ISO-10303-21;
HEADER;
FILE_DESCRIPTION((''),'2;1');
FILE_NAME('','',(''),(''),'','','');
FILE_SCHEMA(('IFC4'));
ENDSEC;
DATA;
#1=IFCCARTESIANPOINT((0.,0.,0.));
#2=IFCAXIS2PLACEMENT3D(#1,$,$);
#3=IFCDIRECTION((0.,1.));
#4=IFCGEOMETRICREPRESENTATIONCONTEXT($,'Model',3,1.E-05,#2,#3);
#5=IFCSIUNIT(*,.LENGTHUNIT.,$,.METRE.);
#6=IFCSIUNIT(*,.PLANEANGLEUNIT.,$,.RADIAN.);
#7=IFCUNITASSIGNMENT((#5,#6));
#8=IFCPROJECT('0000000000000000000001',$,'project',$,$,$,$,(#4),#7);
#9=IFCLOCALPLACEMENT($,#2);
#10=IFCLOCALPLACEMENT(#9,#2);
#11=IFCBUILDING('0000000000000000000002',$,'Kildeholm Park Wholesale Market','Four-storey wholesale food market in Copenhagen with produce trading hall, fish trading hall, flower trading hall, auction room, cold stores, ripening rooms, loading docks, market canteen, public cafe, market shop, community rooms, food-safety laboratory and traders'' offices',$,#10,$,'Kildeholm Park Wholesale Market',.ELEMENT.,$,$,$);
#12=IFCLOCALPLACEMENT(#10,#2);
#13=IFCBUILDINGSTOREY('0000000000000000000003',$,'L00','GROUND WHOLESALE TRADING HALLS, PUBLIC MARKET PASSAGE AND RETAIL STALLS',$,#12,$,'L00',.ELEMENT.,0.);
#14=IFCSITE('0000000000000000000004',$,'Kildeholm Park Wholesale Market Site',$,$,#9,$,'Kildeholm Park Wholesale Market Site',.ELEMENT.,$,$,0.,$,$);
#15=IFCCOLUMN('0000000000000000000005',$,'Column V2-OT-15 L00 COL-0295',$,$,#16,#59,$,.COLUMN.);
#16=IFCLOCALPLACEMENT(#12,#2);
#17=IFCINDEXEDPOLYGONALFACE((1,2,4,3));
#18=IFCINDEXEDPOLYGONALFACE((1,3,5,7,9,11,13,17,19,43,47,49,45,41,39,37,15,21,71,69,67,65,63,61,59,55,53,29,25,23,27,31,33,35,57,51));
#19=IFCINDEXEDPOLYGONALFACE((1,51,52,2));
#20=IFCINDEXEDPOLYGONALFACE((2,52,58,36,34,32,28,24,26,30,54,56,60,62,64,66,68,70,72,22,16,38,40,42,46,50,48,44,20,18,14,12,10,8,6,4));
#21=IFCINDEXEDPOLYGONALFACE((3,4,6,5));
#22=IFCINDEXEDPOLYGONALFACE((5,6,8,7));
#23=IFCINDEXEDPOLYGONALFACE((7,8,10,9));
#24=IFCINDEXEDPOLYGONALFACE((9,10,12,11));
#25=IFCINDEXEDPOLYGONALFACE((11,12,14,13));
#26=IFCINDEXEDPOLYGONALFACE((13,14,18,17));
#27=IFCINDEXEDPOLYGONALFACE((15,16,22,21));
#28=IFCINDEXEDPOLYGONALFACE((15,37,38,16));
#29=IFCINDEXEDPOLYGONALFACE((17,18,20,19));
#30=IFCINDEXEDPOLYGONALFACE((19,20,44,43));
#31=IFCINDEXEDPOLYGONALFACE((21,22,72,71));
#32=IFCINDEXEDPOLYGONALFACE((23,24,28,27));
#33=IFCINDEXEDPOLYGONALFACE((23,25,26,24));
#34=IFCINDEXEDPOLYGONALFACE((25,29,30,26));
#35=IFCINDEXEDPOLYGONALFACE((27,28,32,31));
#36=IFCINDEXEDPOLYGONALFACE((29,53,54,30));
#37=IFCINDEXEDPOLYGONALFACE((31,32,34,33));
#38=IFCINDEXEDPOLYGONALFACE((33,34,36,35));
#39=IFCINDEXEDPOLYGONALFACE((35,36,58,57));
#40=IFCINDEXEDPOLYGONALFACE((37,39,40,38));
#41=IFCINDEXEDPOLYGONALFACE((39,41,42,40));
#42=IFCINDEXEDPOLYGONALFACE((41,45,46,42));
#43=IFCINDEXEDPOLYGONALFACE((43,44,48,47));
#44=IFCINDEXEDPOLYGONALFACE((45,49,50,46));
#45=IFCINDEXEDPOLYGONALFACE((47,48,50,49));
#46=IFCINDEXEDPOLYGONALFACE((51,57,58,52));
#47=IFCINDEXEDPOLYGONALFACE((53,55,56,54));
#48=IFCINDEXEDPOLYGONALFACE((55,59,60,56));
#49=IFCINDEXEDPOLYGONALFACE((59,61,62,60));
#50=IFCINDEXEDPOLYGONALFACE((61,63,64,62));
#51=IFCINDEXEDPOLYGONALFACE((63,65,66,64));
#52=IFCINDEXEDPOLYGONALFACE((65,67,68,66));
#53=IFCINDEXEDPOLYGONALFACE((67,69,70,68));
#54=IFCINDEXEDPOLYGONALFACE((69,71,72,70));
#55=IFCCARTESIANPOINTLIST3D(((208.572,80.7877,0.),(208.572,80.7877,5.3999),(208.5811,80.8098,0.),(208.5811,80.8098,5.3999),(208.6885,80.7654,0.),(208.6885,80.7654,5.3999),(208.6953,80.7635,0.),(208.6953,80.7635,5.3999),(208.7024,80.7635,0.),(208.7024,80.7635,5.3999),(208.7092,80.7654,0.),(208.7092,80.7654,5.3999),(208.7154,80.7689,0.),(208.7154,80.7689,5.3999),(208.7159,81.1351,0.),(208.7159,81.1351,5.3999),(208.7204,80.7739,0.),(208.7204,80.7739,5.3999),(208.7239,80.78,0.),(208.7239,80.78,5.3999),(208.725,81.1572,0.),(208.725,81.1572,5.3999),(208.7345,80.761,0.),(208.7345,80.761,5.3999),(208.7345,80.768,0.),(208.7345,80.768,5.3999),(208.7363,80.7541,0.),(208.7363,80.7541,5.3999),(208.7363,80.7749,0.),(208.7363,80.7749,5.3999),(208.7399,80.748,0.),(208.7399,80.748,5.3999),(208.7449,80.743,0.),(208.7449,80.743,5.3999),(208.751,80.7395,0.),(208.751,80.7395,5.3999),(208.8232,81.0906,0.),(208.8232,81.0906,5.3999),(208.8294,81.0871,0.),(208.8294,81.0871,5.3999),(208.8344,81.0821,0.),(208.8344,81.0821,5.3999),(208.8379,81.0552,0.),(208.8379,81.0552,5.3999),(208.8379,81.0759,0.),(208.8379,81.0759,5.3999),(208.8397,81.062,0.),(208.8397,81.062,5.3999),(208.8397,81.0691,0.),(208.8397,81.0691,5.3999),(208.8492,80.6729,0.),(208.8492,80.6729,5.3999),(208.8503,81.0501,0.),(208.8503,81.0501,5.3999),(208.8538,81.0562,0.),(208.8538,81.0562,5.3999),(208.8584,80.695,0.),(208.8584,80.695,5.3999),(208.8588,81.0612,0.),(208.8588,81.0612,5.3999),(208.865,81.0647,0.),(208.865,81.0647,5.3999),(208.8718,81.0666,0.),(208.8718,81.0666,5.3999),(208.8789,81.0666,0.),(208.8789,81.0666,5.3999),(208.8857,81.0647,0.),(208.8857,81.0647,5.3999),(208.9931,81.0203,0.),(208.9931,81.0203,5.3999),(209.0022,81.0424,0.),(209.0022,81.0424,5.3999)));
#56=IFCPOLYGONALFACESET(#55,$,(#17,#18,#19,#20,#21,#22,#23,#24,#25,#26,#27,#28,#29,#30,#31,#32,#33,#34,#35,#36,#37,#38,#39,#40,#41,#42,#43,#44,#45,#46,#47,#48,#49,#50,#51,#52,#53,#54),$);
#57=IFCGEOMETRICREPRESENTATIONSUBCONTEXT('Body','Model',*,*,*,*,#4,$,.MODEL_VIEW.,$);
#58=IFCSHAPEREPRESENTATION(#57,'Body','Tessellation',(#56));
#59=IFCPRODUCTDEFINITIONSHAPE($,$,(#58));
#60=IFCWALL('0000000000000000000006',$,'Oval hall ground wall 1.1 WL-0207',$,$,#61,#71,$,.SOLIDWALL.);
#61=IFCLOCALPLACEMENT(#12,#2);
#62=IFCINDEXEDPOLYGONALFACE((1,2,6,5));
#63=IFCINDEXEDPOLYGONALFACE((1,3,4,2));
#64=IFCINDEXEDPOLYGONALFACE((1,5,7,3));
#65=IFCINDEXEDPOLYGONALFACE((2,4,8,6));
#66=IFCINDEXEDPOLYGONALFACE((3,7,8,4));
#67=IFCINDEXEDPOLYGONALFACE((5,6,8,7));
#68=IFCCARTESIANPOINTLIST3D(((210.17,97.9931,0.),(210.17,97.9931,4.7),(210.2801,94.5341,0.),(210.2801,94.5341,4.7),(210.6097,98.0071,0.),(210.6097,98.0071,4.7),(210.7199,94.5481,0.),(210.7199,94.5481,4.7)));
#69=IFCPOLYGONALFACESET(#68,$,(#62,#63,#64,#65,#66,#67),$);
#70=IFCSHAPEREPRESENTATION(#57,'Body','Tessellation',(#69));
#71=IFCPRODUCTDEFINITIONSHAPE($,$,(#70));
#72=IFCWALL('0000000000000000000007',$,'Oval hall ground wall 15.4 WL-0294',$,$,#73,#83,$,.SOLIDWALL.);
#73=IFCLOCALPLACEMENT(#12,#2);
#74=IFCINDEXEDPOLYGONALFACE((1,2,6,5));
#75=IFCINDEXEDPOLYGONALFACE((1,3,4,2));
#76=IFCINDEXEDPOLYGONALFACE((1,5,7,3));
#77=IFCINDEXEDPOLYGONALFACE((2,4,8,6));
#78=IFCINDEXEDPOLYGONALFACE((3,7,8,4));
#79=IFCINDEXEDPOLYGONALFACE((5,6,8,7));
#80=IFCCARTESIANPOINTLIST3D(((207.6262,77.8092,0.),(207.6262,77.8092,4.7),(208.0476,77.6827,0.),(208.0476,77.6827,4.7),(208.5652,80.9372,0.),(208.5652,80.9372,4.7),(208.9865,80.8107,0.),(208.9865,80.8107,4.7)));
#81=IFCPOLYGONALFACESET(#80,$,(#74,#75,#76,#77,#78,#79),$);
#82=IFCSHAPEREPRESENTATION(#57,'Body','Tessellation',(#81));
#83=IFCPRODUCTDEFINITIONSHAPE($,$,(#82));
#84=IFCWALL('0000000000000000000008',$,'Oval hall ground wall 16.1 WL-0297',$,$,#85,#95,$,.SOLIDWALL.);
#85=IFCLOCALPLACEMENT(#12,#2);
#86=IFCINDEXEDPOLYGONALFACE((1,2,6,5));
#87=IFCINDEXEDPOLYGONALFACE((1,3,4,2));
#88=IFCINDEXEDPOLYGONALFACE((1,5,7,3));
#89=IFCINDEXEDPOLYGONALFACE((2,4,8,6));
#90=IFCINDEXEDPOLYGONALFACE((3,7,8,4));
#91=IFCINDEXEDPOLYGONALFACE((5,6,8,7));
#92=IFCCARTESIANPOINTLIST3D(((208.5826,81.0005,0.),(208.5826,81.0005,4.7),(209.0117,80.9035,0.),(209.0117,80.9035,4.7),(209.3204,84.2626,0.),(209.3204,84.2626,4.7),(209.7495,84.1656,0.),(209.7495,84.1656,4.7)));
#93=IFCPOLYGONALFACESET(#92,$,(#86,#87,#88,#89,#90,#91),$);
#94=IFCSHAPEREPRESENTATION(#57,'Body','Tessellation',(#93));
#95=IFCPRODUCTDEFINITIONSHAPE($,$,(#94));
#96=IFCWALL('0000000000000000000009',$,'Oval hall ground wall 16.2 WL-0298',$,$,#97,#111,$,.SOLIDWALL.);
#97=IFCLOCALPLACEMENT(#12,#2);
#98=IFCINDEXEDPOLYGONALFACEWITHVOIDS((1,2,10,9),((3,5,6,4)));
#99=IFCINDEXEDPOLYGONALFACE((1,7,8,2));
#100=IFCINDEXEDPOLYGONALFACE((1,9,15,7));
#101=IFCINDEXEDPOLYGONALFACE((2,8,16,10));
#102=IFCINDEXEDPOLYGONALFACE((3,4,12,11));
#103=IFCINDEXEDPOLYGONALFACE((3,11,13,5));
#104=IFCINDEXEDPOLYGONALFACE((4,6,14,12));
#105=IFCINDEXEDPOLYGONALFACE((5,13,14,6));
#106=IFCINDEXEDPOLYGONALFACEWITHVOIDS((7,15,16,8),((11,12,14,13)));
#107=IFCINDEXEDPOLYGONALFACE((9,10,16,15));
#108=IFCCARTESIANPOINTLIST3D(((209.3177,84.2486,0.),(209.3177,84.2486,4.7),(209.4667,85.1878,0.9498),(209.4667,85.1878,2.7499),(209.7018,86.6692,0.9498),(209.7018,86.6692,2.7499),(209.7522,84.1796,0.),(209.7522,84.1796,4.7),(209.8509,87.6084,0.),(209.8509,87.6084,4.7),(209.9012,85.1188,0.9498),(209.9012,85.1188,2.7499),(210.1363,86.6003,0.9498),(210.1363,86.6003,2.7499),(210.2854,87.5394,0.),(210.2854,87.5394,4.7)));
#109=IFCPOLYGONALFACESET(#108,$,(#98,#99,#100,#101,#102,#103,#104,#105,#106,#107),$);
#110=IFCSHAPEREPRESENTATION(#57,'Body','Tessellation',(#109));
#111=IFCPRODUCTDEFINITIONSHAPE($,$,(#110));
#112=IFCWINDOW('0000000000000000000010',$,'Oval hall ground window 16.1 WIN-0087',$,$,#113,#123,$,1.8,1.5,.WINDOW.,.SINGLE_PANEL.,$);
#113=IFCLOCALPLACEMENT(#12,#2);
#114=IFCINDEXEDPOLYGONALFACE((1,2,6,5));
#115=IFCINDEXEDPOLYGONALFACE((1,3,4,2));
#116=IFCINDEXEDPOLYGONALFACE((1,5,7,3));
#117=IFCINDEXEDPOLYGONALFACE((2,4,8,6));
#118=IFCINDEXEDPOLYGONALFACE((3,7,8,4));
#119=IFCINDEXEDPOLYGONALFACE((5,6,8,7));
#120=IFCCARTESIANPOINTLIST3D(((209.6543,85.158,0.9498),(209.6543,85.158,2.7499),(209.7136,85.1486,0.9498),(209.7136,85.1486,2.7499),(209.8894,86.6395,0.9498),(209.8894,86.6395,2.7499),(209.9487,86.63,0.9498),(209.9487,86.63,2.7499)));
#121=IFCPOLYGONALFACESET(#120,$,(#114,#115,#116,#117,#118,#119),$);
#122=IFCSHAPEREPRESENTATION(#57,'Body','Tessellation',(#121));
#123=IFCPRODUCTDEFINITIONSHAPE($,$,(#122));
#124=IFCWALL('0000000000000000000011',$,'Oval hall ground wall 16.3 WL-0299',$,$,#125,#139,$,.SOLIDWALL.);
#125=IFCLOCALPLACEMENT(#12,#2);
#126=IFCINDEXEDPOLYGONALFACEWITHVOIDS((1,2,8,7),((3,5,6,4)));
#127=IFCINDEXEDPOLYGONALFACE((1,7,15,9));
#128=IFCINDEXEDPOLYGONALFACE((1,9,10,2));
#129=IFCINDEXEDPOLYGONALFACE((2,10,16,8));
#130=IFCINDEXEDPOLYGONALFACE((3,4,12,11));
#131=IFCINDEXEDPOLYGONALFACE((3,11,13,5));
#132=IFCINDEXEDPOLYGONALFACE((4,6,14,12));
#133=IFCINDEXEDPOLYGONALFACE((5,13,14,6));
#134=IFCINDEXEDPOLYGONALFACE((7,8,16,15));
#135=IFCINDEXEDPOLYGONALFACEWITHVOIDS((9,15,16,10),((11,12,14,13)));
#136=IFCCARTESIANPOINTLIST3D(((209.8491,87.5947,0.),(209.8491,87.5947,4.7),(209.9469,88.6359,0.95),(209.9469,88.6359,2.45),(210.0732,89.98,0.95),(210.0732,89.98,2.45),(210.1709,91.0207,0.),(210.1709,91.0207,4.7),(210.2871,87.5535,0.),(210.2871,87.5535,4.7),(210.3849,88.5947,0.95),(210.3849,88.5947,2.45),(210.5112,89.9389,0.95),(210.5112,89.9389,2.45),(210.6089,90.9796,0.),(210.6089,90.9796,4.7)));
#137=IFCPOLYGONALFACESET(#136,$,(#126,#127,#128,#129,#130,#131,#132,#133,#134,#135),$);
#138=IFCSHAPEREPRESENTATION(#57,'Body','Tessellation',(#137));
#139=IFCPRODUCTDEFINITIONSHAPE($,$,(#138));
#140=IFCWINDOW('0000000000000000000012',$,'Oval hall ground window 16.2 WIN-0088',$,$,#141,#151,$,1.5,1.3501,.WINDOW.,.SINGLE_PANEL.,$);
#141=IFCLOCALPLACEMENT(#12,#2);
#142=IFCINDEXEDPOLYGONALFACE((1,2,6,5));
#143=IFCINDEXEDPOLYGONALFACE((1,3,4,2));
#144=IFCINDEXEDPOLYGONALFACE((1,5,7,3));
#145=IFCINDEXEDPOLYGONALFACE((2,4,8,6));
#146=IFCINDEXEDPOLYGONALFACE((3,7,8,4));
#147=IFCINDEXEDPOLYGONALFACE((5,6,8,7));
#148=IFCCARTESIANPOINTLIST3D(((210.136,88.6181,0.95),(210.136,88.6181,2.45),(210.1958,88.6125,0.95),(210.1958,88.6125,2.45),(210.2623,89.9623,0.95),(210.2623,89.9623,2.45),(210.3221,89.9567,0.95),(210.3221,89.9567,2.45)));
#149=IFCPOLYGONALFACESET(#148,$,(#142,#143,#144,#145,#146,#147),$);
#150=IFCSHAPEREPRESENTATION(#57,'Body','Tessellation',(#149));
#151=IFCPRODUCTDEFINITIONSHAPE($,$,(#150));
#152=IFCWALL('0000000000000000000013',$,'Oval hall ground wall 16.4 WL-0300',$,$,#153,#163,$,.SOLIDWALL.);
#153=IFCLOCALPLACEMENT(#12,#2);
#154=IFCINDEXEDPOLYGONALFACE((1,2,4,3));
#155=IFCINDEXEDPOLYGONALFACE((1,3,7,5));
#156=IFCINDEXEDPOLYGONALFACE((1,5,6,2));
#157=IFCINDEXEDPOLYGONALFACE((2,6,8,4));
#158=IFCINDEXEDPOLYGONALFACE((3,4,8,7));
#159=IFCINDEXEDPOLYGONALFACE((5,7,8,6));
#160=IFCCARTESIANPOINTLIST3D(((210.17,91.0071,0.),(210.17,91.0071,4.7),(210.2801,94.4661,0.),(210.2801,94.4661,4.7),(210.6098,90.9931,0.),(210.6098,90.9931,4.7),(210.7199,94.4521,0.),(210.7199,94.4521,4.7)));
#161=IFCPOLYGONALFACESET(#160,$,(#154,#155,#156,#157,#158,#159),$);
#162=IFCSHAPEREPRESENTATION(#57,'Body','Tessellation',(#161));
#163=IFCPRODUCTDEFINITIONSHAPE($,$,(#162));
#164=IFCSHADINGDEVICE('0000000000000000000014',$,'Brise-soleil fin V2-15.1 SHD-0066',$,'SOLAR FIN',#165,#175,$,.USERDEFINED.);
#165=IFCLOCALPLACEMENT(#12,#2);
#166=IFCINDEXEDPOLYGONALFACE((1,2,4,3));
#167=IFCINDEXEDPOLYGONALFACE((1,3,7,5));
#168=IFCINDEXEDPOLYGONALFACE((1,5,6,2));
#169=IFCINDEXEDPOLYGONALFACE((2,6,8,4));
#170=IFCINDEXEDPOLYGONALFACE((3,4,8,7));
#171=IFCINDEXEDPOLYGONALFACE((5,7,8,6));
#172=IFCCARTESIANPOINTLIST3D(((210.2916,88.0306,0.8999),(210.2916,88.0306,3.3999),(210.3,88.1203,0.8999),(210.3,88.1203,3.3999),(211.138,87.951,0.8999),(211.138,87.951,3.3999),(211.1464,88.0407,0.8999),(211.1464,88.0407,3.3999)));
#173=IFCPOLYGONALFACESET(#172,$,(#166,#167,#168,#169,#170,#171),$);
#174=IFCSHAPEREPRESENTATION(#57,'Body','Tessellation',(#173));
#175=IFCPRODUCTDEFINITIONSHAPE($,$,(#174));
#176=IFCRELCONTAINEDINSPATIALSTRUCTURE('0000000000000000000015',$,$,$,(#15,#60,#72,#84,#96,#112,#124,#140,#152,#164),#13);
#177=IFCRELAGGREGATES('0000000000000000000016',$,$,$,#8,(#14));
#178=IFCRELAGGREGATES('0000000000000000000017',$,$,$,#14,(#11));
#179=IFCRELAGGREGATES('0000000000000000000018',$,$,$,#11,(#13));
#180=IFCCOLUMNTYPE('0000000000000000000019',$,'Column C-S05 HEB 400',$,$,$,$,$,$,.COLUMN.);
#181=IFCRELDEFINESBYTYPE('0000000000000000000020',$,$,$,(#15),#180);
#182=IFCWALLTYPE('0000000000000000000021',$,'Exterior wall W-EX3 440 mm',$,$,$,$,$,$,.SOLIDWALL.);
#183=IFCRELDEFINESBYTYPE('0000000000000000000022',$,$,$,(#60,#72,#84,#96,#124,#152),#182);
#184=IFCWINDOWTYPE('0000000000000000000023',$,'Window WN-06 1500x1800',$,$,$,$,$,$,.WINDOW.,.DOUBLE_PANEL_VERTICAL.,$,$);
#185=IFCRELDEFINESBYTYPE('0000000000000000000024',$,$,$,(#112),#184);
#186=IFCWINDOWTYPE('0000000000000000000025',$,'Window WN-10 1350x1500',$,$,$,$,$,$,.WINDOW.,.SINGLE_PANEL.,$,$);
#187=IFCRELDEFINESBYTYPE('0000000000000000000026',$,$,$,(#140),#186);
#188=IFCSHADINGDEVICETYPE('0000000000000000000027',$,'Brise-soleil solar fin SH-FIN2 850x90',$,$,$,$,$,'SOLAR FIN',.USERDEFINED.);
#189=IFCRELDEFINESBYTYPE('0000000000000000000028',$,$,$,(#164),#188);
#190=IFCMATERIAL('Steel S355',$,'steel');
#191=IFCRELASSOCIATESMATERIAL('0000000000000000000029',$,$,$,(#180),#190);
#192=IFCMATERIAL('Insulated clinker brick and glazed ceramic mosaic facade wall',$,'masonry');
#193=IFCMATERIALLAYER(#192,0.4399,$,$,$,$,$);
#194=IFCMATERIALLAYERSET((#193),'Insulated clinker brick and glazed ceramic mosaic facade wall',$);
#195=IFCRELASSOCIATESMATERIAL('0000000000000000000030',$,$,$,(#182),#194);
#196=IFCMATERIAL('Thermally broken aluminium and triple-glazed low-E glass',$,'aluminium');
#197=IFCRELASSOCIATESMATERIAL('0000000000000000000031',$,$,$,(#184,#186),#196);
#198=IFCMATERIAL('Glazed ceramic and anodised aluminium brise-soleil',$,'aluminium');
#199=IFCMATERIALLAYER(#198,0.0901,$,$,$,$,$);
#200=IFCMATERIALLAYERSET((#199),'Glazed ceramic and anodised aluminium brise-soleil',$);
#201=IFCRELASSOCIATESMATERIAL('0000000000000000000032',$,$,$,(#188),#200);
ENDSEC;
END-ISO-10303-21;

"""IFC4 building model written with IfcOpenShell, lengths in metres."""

from ifc_helpers import new_model, si_unit, direction, frame, frame_2d, origin, origin_2d, place, context, subcontext, project, spatial, rectangle, i_section, extrude, material, layer, layer_set, material_profile, profile_set, type_object, element, fill, save


model = new_model("IFC4")

# Units and contexts
model_context = context("Model", 3, precision=1e-05, world=origin(), true_north=direction((0.0, 1.0)))
body_context = subcontext(model_context, "Body", "Model", "MODEL_VIEW")
ifc_project = project(units=[si_unit("LENGTHUNIT", "METRE"), si_unit("PLANEANGLEUNIT", "RADIAN")], contexts=[model_context])

# Site, building, storey
site_placement = place(None, origin())
site = spatial("IfcSite", under=ifc_project, at=site_placement, Name="Kildeholm Park Wholesale Market Site", LongName="Kildeholm Park Wholesale Market Site", CompositionType="ELEMENT", RefElevation=0.0)
building_placement = place(site_placement, origin())
building = spatial("IfcBuilding", under=site, at=building_placement, Name="Kildeholm Park Wholesale Market", Description="Four-storey wholesale food market in Copenhagen with produce trading hall, fish trading hall, flower trading hall, auction room, cold stores, ripening rooms, loading docks, market canteen, public cafe, market shop, community rooms, food-safety laboratory and traders' offices", LongName="Kildeholm Park Wholesale Market", CompositionType="ELEMENT")
storey_placement = place(building_placement, origin())
storey = spatial("IfcBuildingStorey", under=building, at=storey_placement, Name="L00", Description="GROUND WHOLESALE TRADING HALLS, PUBLIC MARKET PASSAGE AND RETAIL STALLS", LongName="L00", CompositionType="ELEMENT", Elevation=0.0)

# Column
ifc_material_1 = material(Name="Steel S355", Category="steel")
ifc_material_profile_1 = material_profile(ifc_material_1, i_section(OverallWidth=0.3, OverallDepth=0.3999, WebThickness=0.0134, FlangeThickness=0.0239, FilletRadius=0.0271, at=origin_2d()), Name="HEB 400")
ifc_profile_set_1 = profile_set([ifc_material_profile_1], Name="Steel S355")
column_type = type_object("IfcColumnType", Name="Column C-S05 HEB 400", PredefinedType="COLUMN", material=ifc_profile_set_1)
for number, where, z_axis, x_axis, name in (
    (1, (208.7871, 80.915, 0.0), (0.0, 0.0, 1.0), (0.92388, -0.382683, 0.0), "Column V2-OT-15 L00 COL-0295"),
):
    element("IfcColumn", number, at=place(storey_placement, frame(where, z_axis=z_axis, x_axis=x_axis)), inside=storey, type_object=column_type, Name=name, PredefinedType="COLUMN", context=body_context, shape_type="SweptSolid", body=[
        extrude(i_section(OverallWidth=0.3, OverallDepth=0.3999, WebThickness=0.0134, FlangeThickness=0.0239, FilletRadius=0.0271, at=origin_2d()), origin(), (0.0, 0.0, 1.0), 5.3999),
    ])

# Walls
ifc_material_2 = material(Name="Insulated clinker brick and glazed ceramic mosaic facade wall", Category="masonry")
ifc_layer_1 = layer(ifc_material_2, 0.4399)
ifc_layer_set_1 = layer_set([ifc_layer_1], Name="Insulated clinker brick and glazed ceramic mosaic facade wall")
wall_type_1 = type_object("IfcWallType", Name="Exterior wall W-EX3 440 mm", PredefinedType="SOLIDWALL", material=ifc_layer_set_1)
wall_1_placement = place(storey_placement, frame((210.5, 94.541, 0.0), z_axis=(0.0, 0.0, 1.0), x_axis=(-0.031816, 0.999494, 0.0)))
element("IfcWall", 2, at=wall_1_placement, inside=storey, type_object=wall_type_1, Name="Oval hall ground wall 1.1 WL-0207", PredefinedType="SOLIDWALL", context=body_context, shape_type="SweptSolid", body=[
    extrude(rectangle(XDim=3.4607, YDim=0.4399, at=frame_2d((1.7305, 0.0))), origin(), (0.0, 0.0, 1.0), 4.7),
])
wall_2_placement = place(storey_placement, frame((207.8369, 77.7461, 0.0), z_axis=(0.0, 0.0, 1.0), x_axis=(0.287512, 0.957777, 0.0)))
element("IfcWall", 3, at=wall_2_placement, inside=storey, type_object=wall_type_1, Name="Oval hall ground wall 15.4 WL-0294", PredefinedType="SOLIDWALL", context=body_context, shape_type="SweptSolid", body=[
    extrude(rectangle(XDim=3.2659, YDim=0.4399, at=frame_2d((1.6328, 0.0))), origin(), (0.0, 0.0, 1.0), 4.7),
])
wall_3_placement = place(storey_placement, frame((208.7971, 80.9519, 0.0), z_axis=(0.0, 0.0, 1.0), x_axis=(0.220592, 0.975366, 0.0)))
element("IfcWall", 4, at=wall_3_placement, inside=storey, type_object=wall_type_1, Name="Oval hall ground wall 16.1 WL-0297", PredefinedType="SOLIDWALL", context=body_context, shape_type="SweptSolid", body=[
    extrude(rectangle(XDim=3.3445, YDim=0.4399, at=frame_2d((1.6724, 0.0))), origin(), (0.0, 0.0, 1.0), 4.7),
])

# Walls, openings, windows
wall_4_placement = place(storey_placement, frame((209.5349, 84.2141, 0.0), z_axis=(0.0, 0.0, 1.0), x_axis=(0.156736, 0.98764, 0.0)))
wall_4 = element("IfcWall", 5, at=wall_4_placement, inside=storey, type_object=wall_type_1, Name="Oval hall ground wall 16.2 WL-0298", PredefinedType="SOLIDWALL", context=body_context, shape_type="SweptSolid", body=[
    extrude(rectangle(XDim=3.4019, YDim=0.4399, at=frame_2d((1.7009, 0.0))), origin(), (0.0, 0.0, 1.0), 4.7),
])
opening_1_placement = place(wall_4_placement, frame((0.9509, 0.0, 0.95)))
opening_1 = element("IfcOpeningElement", 6, at=opening_1_placement, cuts=wall_4, PredefinedType="OPENING", context=body_context, shape_type="SweptSolid", body=[
    extrude(rectangle(XDim=1.5, YDim=1.8, at=frame_2d((0.75, 0.8999))), frame((0.0, 0.23, 0.0), z_axis=(0.0, -1.0, 0.0), x_axis=(1.0, 0.0, 0.0)), (0.0, 0.0, 1.0), 0.46),
])
ifc_material_3 = material(Name="Thermally broken aluminium and triple-glazed low-E glass", Category="aluminium")
window_type_1 = type_object("IfcWindowType", Name="Window WN-06 1500x1800", PartitioningType="DOUBLE_PANEL_VERTICAL", PredefinedType="WINDOW", material=ifc_material_3)
window_1_placement = place(opening_1_placement, origin())
window_1 = element("IfcWindow", 7, at=window_1_placement, inside=storey, type_object=window_type_1, Name="Oval hall ground window 16.1 WIN-0087", OverallHeight=1.8, OverallWidth=1.5, PartitioningType="SINGLE_PANEL", PredefinedType="WINDOW", context=body_context, shape_type="SweptSolid", body=[
    extrude(rectangle(XDim=1.5, YDim=1.8, at=frame_2d((0.75, 0.8999))), frame((0.0, 0.03, 0.0), z_axis=(0.0, -1.0, 0.0), x_axis=(1.0, 0.0, 0.0)), (0.0, 0.0, 1.0), 0.0601),
])
fill(opening_1, window_1)
wall_5_placement = place(storey_placement, frame((210.0681, 87.574, 0.0), z_axis=(0.0, 0.0, 1.0), x_axis=(0.09351, 0.995618, 0.0)))
wall_5 = element("IfcWall", 8, at=wall_5_placement, inside=storey, type_object=wall_type_1, Name="Oval hall ground wall 16.3 WL-0299", PredefinedType="SOLIDWALL", context=body_context, shape_type="SweptSolid", body=[
    extrude(rectangle(XDim=3.4412, YDim=0.4399, at=frame_2d((1.7207, 0.0))), origin(), (0.0, 0.0, 1.0), 4.7),
])
opening_2_placement = place(wall_5_placement, frame((1.0459, 0.0, 0.95)))
opening_2 = element("IfcOpeningElement", 9, at=opening_2_placement, cuts=wall_5, PredefinedType="OPENING", context=body_context, shape_type="SweptSolid", body=[
    extrude(rectangle(XDim=1.3501, YDim=1.5, at=frame_2d((0.675, 0.75))), frame((0.0, 0.23, 0.0), z_axis=(0.0, -1.0, 0.0), x_axis=(1.0, 0.0, 0.0)), (0.0, 0.0, 1.0), 0.46),
])
window_type_2 = type_object("IfcWindowType", Name="Window WN-10 1350x1500", PartitioningType="SINGLE_PANEL", PredefinedType="WINDOW", material=ifc_material_3)
window_2_placement = place(opening_2_placement, origin())
window_2 = element("IfcWindow", 10, at=window_2_placement, inside=storey, type_object=window_type_2, Name="Oval hall ground window 16.2 WIN-0088", OverallHeight=1.5, OverallWidth=1.3501, PartitioningType="SINGLE_PANEL", PredefinedType="WINDOW", context=body_context, shape_type="SweptSolid", body=[
    extrude(rectangle(XDim=1.3501, YDim=1.5, at=frame_2d((0.675, 0.75))), frame((0.0, 0.03, 0.0), z_axis=(0.0, -1.0, 0.0), x_axis=(1.0, 0.0, 0.0)), (0.0, 0.0, 1.0), 0.0601),
])
fill(opening_2, window_2)

# Wall
wall_6_placement = place(storey_placement, frame((210.3899, 91.0, 0.0), z_axis=(0.0, 0.0, 1.0), x_axis=(0.031816, 0.999494, 0.0)))
element("IfcWall", 11, at=wall_6_placement, inside=storey, type_object=wall_type_1, Name="Oval hall ground wall 16.4 WL-0300", PredefinedType="SOLIDWALL", context=body_context, shape_type="SweptSolid", body=[
    extrude(rectangle(XDim=3.4607, YDim=0.4399, at=frame_2d((1.7305, 0.0))), origin(), (0.0, 0.0, 1.0), 4.7),
])

# Shading device
ifc_material_4 = material(Name="Glazed ceramic and anodised aluminium brise-soleil", Category="aluminium")
ifc_layer_2 = layer(ifc_material_4, 0.0901)
ifc_layer_set_2 = layer_set([ifc_layer_2], Name="Glazed ceramic and anodised aluminium brise-soleil")
shading_device_type = type_object("IfcShadingDeviceType", Name="Brise-soleil solar fin SH-FIN2 850x90", ElementType="SOLAR FIN", PredefinedType="USERDEFINED", material=ifc_layer_set_2)
for number, where, z_axis, x_axis, name in (
    (12, (210.719, 88.0356, 0.8999), (0.0, 0.0, 1.0), (0.995613, -0.09357, 0.0), "Brise-soleil fin V2-15.1 SHD-0066"),
):
    element("IfcShadingDevice", number, at=place(storey_placement, frame(where, z_axis=z_axis, x_axis=x_axis)), inside=storey, type_object=shading_device_type, Name=name, ObjectType="SOLAR FIN", PredefinedType="USERDEFINED", context=body_context, shape_type="SweptSolid", body=[
        extrude(rectangle(XDim=0.8501, YDim=0.0901, at=origin_2d()), origin(), (0.0, 0.0, 1.0), 2.5),
    ])

save(model, "model.ifc")
